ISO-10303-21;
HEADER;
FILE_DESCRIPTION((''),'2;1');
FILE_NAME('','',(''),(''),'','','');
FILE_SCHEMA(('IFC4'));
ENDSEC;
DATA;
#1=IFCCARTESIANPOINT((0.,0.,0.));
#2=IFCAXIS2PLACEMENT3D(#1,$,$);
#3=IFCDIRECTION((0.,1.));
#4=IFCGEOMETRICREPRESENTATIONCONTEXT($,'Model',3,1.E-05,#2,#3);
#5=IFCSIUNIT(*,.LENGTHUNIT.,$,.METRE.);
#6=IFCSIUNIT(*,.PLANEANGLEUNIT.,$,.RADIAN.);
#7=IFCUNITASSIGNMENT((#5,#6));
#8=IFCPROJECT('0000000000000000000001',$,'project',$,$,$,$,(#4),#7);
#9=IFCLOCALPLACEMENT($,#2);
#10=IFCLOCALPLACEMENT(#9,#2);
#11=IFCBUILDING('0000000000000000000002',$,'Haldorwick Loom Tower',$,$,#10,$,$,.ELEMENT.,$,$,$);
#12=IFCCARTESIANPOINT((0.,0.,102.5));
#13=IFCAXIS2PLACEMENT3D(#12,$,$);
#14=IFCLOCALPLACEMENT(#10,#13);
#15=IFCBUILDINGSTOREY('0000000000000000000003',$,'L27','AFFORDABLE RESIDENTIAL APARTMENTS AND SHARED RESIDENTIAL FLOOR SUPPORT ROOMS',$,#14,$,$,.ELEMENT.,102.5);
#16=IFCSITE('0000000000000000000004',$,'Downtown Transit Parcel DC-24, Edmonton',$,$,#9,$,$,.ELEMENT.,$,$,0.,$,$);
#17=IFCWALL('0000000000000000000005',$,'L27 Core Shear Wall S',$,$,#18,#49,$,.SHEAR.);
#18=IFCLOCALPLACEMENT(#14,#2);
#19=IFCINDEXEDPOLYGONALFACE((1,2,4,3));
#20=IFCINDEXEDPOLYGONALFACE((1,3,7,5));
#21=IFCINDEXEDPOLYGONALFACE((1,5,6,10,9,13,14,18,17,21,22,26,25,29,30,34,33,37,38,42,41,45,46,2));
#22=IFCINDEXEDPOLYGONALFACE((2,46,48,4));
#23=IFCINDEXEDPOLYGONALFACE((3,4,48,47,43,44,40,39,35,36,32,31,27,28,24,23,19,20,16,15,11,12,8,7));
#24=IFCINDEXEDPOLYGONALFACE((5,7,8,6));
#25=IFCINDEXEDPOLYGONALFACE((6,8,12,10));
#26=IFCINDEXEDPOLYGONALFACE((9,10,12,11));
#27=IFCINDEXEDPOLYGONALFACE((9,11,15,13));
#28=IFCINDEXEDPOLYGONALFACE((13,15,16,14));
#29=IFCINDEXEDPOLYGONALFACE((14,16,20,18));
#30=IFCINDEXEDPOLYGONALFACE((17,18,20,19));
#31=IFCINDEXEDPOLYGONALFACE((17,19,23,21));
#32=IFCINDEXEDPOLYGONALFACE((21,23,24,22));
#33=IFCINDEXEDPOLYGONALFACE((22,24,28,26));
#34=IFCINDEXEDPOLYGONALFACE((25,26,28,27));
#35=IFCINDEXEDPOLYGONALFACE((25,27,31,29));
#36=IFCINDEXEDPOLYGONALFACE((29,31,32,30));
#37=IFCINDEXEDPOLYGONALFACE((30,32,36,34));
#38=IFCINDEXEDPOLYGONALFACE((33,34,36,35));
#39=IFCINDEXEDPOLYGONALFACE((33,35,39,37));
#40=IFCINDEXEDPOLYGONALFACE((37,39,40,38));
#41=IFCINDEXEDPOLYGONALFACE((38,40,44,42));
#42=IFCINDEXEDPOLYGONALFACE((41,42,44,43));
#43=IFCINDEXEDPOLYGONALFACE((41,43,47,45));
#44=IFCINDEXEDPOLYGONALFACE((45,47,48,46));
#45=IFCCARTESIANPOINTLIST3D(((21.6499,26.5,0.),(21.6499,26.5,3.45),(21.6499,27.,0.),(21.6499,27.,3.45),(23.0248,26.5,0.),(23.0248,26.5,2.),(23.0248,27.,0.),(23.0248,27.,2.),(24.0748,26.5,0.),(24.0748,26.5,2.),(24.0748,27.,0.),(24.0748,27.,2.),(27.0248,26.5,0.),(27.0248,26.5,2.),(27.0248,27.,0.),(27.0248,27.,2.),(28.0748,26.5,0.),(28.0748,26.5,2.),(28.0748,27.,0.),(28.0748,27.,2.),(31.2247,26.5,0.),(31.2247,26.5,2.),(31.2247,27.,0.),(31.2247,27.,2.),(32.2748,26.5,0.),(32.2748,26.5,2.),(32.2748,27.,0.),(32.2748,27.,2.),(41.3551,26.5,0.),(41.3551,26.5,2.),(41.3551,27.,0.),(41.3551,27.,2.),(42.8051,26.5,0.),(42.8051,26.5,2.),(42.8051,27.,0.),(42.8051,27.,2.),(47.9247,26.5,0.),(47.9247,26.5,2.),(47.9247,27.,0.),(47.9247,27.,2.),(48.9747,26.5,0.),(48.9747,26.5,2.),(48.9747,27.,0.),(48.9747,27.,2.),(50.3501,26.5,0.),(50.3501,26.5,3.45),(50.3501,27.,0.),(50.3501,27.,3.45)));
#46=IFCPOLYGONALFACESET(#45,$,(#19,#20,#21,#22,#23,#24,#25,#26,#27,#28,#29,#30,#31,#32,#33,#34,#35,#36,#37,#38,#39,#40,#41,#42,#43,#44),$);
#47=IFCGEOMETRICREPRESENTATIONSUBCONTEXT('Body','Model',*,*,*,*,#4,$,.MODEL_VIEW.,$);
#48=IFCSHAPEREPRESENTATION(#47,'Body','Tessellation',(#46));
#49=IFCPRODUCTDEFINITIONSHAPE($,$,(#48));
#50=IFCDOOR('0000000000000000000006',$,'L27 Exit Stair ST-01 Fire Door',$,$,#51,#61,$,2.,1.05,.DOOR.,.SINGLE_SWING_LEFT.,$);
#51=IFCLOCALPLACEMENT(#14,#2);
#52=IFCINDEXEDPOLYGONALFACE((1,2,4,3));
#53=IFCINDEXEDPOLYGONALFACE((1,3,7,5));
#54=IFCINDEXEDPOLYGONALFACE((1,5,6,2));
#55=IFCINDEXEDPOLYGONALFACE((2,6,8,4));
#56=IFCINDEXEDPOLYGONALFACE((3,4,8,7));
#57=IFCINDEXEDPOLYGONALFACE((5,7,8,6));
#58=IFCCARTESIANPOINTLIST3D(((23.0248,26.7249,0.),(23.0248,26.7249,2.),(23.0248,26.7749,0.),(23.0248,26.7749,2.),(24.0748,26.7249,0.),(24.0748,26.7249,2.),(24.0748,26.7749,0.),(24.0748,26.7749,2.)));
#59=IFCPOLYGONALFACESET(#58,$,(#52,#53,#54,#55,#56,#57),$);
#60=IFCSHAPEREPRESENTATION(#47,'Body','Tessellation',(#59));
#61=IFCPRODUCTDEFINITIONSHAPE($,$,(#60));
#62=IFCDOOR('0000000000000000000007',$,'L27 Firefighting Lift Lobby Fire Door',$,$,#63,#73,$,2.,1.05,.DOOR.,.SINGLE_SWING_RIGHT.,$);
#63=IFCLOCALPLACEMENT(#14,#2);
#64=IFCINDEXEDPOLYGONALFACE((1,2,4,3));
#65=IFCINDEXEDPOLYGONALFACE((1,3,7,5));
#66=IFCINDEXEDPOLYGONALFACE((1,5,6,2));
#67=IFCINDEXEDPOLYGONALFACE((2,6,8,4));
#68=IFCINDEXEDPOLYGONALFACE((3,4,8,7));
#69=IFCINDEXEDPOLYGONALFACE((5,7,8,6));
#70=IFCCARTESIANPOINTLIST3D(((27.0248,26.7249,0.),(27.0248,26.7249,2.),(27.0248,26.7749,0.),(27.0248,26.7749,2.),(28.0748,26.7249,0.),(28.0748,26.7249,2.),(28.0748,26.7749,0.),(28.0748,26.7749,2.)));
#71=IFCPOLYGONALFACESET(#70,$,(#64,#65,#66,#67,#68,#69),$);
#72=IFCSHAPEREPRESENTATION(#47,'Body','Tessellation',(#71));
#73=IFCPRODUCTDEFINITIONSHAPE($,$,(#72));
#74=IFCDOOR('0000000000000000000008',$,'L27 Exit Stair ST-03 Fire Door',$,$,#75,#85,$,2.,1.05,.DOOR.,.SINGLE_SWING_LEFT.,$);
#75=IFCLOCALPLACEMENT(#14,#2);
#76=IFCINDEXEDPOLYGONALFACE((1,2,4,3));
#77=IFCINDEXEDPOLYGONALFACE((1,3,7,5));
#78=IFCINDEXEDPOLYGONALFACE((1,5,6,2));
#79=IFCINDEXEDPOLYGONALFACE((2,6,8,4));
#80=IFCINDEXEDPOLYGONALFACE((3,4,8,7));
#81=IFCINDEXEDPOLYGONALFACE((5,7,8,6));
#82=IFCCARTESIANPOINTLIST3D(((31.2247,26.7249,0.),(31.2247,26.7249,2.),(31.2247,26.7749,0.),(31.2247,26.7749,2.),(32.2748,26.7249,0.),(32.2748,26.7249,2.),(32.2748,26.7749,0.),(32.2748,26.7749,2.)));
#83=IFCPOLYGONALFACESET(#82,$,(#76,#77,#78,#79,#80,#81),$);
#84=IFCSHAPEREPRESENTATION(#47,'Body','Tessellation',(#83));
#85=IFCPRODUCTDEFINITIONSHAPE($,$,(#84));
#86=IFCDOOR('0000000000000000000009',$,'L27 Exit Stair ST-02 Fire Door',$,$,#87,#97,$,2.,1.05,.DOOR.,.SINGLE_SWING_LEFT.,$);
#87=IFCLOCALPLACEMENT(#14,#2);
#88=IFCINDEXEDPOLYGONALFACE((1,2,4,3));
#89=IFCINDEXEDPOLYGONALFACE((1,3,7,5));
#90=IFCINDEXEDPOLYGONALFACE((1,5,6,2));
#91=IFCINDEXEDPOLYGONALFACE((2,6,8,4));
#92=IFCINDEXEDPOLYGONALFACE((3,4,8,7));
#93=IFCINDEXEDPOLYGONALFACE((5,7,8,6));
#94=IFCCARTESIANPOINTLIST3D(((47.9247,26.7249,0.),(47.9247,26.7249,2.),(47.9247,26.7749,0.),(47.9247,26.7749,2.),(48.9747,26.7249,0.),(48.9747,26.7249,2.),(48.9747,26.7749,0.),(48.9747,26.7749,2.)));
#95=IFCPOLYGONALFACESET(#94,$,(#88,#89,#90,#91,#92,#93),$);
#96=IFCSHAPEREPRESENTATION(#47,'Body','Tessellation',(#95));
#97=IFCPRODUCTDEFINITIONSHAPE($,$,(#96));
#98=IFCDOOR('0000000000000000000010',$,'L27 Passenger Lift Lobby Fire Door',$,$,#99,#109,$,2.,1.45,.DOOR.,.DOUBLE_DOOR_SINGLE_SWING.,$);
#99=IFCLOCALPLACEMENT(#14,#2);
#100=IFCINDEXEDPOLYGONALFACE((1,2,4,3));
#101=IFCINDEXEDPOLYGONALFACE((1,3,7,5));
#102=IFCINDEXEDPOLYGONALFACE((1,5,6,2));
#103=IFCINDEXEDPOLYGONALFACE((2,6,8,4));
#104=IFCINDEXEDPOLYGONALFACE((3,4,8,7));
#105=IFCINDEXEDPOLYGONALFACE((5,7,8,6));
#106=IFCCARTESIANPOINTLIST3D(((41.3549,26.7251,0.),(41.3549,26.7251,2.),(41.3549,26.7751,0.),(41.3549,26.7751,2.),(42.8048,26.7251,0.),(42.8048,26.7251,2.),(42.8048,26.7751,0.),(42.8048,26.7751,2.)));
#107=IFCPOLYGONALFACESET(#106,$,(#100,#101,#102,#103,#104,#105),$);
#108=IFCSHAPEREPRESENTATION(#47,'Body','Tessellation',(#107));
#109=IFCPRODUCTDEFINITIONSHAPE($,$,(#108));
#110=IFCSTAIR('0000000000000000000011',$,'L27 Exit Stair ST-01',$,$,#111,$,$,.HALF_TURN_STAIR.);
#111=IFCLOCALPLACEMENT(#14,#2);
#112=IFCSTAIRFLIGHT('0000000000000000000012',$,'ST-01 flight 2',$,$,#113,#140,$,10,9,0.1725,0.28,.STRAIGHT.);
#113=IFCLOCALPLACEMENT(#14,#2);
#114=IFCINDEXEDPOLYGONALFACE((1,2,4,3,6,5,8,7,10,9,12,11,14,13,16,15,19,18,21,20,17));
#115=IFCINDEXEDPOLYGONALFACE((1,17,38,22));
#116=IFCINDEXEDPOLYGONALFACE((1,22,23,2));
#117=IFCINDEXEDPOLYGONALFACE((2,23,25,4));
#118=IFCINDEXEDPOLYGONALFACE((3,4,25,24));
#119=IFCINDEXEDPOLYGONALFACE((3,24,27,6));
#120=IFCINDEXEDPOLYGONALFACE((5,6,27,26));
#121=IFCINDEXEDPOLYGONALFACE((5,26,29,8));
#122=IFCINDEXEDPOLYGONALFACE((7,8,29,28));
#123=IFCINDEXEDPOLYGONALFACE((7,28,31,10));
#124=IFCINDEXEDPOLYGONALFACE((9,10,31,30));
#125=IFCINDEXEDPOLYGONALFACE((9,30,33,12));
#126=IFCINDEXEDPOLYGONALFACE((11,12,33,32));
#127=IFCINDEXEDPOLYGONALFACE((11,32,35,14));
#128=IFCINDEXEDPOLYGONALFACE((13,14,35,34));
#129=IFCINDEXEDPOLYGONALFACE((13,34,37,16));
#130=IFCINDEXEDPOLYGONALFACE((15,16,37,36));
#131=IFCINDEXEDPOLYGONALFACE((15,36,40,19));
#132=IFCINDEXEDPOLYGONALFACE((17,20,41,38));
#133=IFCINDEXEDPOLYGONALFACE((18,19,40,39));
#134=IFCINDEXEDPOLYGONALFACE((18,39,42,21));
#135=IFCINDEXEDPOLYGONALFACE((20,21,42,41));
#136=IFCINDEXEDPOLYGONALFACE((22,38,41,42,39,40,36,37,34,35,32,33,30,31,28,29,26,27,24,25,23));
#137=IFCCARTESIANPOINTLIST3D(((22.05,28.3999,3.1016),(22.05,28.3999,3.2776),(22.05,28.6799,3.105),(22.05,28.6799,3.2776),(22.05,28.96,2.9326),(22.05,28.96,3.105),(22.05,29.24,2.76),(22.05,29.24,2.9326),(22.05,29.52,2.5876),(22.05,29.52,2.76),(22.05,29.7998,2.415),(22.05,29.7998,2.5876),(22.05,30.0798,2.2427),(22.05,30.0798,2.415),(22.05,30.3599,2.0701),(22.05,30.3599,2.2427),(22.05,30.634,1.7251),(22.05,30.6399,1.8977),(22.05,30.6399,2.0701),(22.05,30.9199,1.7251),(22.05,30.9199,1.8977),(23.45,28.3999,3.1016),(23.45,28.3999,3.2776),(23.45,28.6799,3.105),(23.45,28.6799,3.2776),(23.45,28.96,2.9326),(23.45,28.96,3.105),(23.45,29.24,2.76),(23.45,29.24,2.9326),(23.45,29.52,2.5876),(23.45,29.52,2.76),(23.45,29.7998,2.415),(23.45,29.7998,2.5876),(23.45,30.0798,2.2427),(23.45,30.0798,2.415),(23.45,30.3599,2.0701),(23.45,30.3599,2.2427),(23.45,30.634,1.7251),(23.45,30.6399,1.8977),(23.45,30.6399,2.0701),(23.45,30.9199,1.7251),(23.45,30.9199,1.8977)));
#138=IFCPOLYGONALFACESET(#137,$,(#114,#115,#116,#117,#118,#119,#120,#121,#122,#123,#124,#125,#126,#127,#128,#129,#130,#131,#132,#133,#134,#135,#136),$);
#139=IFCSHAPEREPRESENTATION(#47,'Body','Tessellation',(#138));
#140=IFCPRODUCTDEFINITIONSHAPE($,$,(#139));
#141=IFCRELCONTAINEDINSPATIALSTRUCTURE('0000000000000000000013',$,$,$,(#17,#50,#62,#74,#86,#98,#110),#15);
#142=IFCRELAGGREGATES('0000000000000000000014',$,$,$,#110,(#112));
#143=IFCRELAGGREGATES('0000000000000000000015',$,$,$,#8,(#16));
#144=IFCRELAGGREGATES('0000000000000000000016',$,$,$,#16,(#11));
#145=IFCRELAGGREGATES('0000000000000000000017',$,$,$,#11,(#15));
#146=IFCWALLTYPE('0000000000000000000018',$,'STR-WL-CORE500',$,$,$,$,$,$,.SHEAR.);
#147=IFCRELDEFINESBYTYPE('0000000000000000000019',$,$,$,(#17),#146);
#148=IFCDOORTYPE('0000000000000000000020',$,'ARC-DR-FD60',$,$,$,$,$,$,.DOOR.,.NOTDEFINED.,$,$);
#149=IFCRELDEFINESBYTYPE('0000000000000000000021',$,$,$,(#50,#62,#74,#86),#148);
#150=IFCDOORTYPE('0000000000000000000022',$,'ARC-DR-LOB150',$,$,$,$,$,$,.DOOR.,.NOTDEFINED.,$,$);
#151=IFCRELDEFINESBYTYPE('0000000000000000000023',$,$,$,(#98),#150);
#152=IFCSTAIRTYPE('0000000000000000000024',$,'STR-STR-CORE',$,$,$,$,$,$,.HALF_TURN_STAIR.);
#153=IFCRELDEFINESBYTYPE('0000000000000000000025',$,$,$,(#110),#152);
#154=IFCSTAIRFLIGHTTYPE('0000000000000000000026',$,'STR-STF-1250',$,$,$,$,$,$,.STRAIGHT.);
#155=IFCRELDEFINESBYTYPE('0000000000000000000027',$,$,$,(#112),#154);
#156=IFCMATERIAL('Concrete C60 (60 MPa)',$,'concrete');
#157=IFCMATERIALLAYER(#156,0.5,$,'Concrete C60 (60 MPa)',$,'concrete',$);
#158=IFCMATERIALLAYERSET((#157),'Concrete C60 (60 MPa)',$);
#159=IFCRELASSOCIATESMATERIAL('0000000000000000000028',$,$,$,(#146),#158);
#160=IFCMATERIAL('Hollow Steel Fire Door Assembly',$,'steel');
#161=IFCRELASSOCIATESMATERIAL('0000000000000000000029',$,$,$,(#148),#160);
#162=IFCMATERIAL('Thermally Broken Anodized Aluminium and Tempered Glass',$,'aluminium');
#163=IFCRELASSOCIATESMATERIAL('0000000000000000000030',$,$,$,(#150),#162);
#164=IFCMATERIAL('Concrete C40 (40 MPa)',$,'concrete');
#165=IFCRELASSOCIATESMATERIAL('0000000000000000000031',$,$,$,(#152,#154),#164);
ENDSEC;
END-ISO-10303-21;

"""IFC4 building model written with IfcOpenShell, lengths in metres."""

from ifc_helpers import new_model, si_unit, direction, frame, frame_2d, origin, place, context, subcontext, project, spatial, polyline, rectangle, outline, extrude, material, layer, layer_set, type_object, element, fill, aggregate, save


model = new_model("IFC4")

# Units and contexts
model_context = context("Model", 3, precision=1e-05, world=origin(), true_north=direction((0.0, 1.0)))
body_context = subcontext(model_context, "Body", "Model", "MODEL_VIEW")
ifc_project = project(units=[si_unit("LENGTHUNIT", "METRE"), si_unit("PLANEANGLEUNIT", "RADIAN")], contexts=[model_context])

# Site, building, storey
site_placement = place(None, origin())
site = spatial("IfcSite", under=ifc_project, at=site_placement, Name="Downtown Transit Parcel DC-24, Edmonton", CompositionType="ELEMENT", RefElevation=0.0)
building_placement = place(site_placement, origin())
building = spatial("IfcBuilding", under=site, at=building_placement, Name="Haldorwick Loom Tower", CompositionType="ELEMENT")
storey_placement = place(building_placement, frame((0.0, 0.0, 102.5)))
storey = spatial("IfcBuildingStorey", under=building, at=storey_placement, Name="L27", Description="AFFORDABLE RESIDENTIAL APARTMENTS AND SHARED RESIDENTIAL FLOOR SUPPORT ROOMS", CompositionType="ELEMENT", Elevation=102.5)

# Shared definitions
ifc_material_1 = material(Name="Concrete C60 (60 MPa)", Category="concrete")

# Shared definitions
ifc_material_2 = material(Name="Thermally Broken Anodized Aluminium and Tempered Glass", Category="aluminium")

# Wall, openings, doors
ifc_layer_1 = layer(ifc_material_1, 0.5, Name="Concrete C60 (60 MPa)", Category="concrete")
ifc_layer_set_1 = layer_set([ifc_layer_1], Name="Concrete C60 (60 MPa)")
wall_type_1 = type_object("IfcWallType", Name="STR-WL-CORE500", PredefinedType="SHEAR", material=ifc_layer_set_1)
wall_1_placement = place(storey_placement, frame((21.6499, 26.75, 0.0), z_axis=(0.0, 0.0, 1.0), x_axis=(1.0, 0.0, 0.0)))
wall_1 = element("IfcWall", 1, at=wall_1_placement, inside=storey, type_object=wall_type_1, Name="L27 Core Shear Wall S", PredefinedType="SHEAR", context=body_context, shape_type="SweptSolid", body=[
    extrude(rectangle(XDim=28.7002, YDim=0.5, at=frame_2d((14.3501, 0.0))), origin(), (0.0, 0.0, 1.0), 3.45),
])
opening_1_placement = place(wall_1_placement, frame((1.375, 0.0, 0.0)))
opening_1 = element("IfcOpeningElement", 2, at=opening_1_placement, cuts=wall_1, PredefinedType="OPENING", context=body_context, shape_type="SweptSolid", body=[
    extrude(rectangle(XDim=1.05, YDim=2.0, at=frame_2d((0.5249, 1.0))), frame((0.0, 0.26, 0.0), z_axis=(0.0, -1.0, 0.0), x_axis=(1.0, 0.0, 0.0)), (0.0, 0.0, 1.0), 0.52),
])
opening_2_placement = place(wall_1_placement, frame((5.375, 0.0, 0.0)))
opening_2 = element("IfcOpeningElement", 3, at=opening_2_placement, cuts=wall_1, PredefinedType="OPENING", context=body_context, shape_type="SweptSolid", body=[
    extrude(rectangle(XDim=1.05, YDim=2.0, at=frame_2d((0.5249, 1.0))), frame((0.0, 0.26, 0.0), z_axis=(0.0, -1.0, 0.0), x_axis=(1.0, 0.0, 0.0)), (0.0, 0.0, 1.0), 0.52),
])
opening_3_placement = place(wall_1_placement, frame((9.575, 0.0, 0.0)))
opening_3 = element("IfcOpeningElement", 4, at=opening_3_placement, cuts=wall_1, PredefinedType="OPENING", context=body_context, shape_type="SweptSolid", body=[
    extrude(rectangle(XDim=1.05, YDim=2.0, at=frame_2d((0.5249, 1.0))), frame((0.0, 0.26, 0.0), z_axis=(0.0, -1.0, 0.0), x_axis=(1.0, 0.0, 0.0)), (0.0, 0.0, 1.0), 0.52),
])
opening_4_placement = place(wall_1_placement, frame((19.7051, 0.0, 0.0)))
opening_4 = element("IfcOpeningElement", 5, at=opening_4_placement, cuts=wall_1, PredefinedType="OPENING", context=body_context, shape_type="SweptSolid", body=[
    extrude(rectangle(XDim=1.45, YDim=2.0, at=frame_2d((0.7251, 1.0))), frame((0.0, 0.26, 0.0), z_axis=(0.0, -1.0, 0.0), x_axis=(1.0, 0.0, 0.0)), (0.0, 0.0, 1.0), 0.52),
])
opening_5_placement = place(wall_1_placement, frame((26.2749, 0.0, 0.0)))
opening_5 = element("IfcOpeningElement", 6, at=opening_5_placement, cuts=wall_1, PredefinedType="OPENING", context=body_context, shape_type="SweptSolid", body=[
    extrude(rectangle(XDim=1.05, YDim=2.0, at=frame_2d((0.5249, 1.0))), frame((0.0, 0.26, 0.0), z_axis=(0.0, -1.0, 0.0), x_axis=(1.0, 0.0, 0.0)), (0.0, 0.0, 1.0), 0.52),
])
ifc_material_3 = material(Name="Hollow Steel Fire Door Assembly", Category="steel")
door_type_1 = type_object("IfcDoorType", Name="ARC-DR-FD60", OperationType="NOTDEFINED", PredefinedType="DOOR", material=ifc_material_3)
door_1_placement = place(opening_1_placement, origin())
door_1 = element("IfcDoor", 7, at=door_1_placement, inside=storey, type_object=door_type_1, Name="L27 Exit Stair ST-01 Fire Door", OperationType="SINGLE_SWING_LEFT", OverallHeight=2.0, OverallWidth=1.05, PredefinedType="DOOR", context=body_context, shape_type="SweptSolid", body=[
    extrude(rectangle(XDim=1.05, YDim=2.0, at=frame_2d((0.5249, 1.0))), frame((0.0, 0.0249, 0.0), z_axis=(0.0, -1.0, 0.0), x_axis=(1.0, 0.0, 0.0)), (0.0, 0.0, 1.0), 0.05),
])
fill(opening_1, door_1)
door_2_placement = place(opening_2_placement, origin())
door_2 = element("IfcDoor", 8, at=door_2_placement, inside=storey, type_object=door_type_1, Name="L27 Firefighting Lift Lobby Fire Door", OperationType="SINGLE_SWING_RIGHT", OverallHeight=2.0, OverallWidth=1.05, PredefinedType="DOOR", context=body_context, shape_type="SweptSolid", body=[
    extrude(rectangle(XDim=1.05, YDim=2.0, at=frame_2d((0.5249, 1.0))), frame((0.0, 0.0249, 0.0), z_axis=(0.0, -1.0, 0.0), x_axis=(1.0, 0.0, 0.0)), (0.0, 0.0, 1.0), 0.05),
])
fill(opening_2, door_2)
door_3_placement = place(opening_3_placement, origin())
door_3 = element("IfcDoor", 9, at=door_3_placement, inside=storey, type_object=door_type_1, Name="L27 Exit Stair ST-03 Fire Door", OperationType="SINGLE_SWING_LEFT", OverallHeight=2.0, OverallWidth=1.05, PredefinedType="DOOR", context=body_context, shape_type="SweptSolid", body=[
    extrude(rectangle(XDim=1.05, YDim=2.0, at=frame_2d((0.5249, 1.0))), frame((0.0, 0.0249, 0.0), z_axis=(0.0, -1.0, 0.0), x_axis=(1.0, 0.0, 0.0)), (0.0, 0.0, 1.0), 0.05),
])
fill(opening_3, door_3)
door_4_placement = place(opening_5_placement, origin())
door_4 = element("IfcDoor", 10, at=door_4_placement, inside=storey, type_object=door_type_1, Name="L27 Exit Stair ST-02 Fire Door", OperationType="SINGLE_SWING_LEFT", OverallHeight=2.0, OverallWidth=1.05, PredefinedType="DOOR", context=body_context, shape_type="SweptSolid", body=[
    extrude(rectangle(XDim=1.05, YDim=2.0, at=frame_2d((0.5249, 1.0))), frame((0.0, 0.0249, 0.0), z_axis=(0.0, -1.0, 0.0), x_axis=(1.0, 0.0, 0.0)), (0.0, 0.0, 1.0), 0.05),
])
fill(opening_5, door_4)
door_type_2 = type_object("IfcDoorType", Name="ARC-DR-LOB150", OperationType="NOTDEFINED", PredefinedType="DOOR", material=ifc_material_2)
door_5_placement = place(opening_4_placement, frame((1.45, 0.0, 0.0), z_axis=(0.0, 0.0, 1.0), x_axis=(-1.0, 0.0, 0.0)))
door_5 = element("IfcDoor", 11, at=door_5_placement, inside=storey, type_object=door_type_2, Name="L27 Passenger Lift Lobby Fire Door", OperationType="DOUBLE_DOOR_SINGLE_SWING", OverallHeight=2.0, OverallWidth=1.45, PredefinedType="DOOR", context=body_context, shape_type="SweptSolid", body=[
    extrude(rectangle(XDim=1.45, YDim=2.0, at=frame_2d((0.7251, 1.0))), frame((0.0, 0.0249, 0.0), z_axis=(0.0, -1.0, 0.0), x_axis=(1.0, 0.0, 0.0)), (0.0, 0.0, 1.0), 0.05),
])
fill(opening_4, door_5)

# Stair, stair flight
ifc_material_4 = material(Name="Concrete C40 (40 MPa)", Category="concrete")
stair_type = type_object("IfcStairType", Name="STR-STR-CORE", PredefinedType="HALF_TURN_STAIR", material=ifc_material_4)
stair_placement = place(storey_placement, origin())
stair = element("IfcStair", 12, at=stair_placement, inside=storey, type_object=stair_type, Name="L27 Exit Stair ST-01", PredefinedType="HALF_TURN_STAIR")
stair_flight_type = type_object("IfcStairFlightType", Name="STR-STF-1250", PredefinedType="STRAIGHT", material=ifc_material_4)
stair_flight_placement = place(storey_placement, frame((22.75, 30.9199, 1.7251), z_axis=(0.0, 0.0, 1.0), x_axis=(0.0, -1.0, 0.0)))
stair_flight = element("IfcStairFlight", 13, at=stair_flight_placement, type_object=stair_flight_type, Name="ST-01 flight 2", NumberOfRisers=10, NumberOfTreads=9, PredefinedType="STRAIGHT", RiserHeight=0.1725, TreadLength=0.28, context=body_context, shape_type="SweptSolid", body=[
    extrude(outline(polyline([(0.0, 0.0), (0.0, 0.1726), (0.28, 0.1726), (0.28, 0.345), (0.5601, 0.345), (0.5601, 0.5176), (0.8401, 0.5176), (0.8401, 0.6899), (1.1201, 0.6899), (1.1201, 0.8625), (1.3999, 0.8625), (1.3999, 1.0349), (1.6799, 1.0349), (1.6799, 1.2075), (1.96, 1.2075), (1.96, 1.3799), (2.24, 1.3799), (2.24, 1.5525), (2.52, 1.5525), (2.52, 1.7251), (2.52, 1.3765), (0.2859, 0.0), (0.0, 0.0)])), frame((0.0, 0.7, 0.0), z_axis=(0.0, -1.0, 0.0), x_axis=(1.0, 0.0, 0.0)), (0.0, 0.0, 1.0), 1.3999),
])
aggregate(stair, [stair_flight])

save(model, "model.ifc")
